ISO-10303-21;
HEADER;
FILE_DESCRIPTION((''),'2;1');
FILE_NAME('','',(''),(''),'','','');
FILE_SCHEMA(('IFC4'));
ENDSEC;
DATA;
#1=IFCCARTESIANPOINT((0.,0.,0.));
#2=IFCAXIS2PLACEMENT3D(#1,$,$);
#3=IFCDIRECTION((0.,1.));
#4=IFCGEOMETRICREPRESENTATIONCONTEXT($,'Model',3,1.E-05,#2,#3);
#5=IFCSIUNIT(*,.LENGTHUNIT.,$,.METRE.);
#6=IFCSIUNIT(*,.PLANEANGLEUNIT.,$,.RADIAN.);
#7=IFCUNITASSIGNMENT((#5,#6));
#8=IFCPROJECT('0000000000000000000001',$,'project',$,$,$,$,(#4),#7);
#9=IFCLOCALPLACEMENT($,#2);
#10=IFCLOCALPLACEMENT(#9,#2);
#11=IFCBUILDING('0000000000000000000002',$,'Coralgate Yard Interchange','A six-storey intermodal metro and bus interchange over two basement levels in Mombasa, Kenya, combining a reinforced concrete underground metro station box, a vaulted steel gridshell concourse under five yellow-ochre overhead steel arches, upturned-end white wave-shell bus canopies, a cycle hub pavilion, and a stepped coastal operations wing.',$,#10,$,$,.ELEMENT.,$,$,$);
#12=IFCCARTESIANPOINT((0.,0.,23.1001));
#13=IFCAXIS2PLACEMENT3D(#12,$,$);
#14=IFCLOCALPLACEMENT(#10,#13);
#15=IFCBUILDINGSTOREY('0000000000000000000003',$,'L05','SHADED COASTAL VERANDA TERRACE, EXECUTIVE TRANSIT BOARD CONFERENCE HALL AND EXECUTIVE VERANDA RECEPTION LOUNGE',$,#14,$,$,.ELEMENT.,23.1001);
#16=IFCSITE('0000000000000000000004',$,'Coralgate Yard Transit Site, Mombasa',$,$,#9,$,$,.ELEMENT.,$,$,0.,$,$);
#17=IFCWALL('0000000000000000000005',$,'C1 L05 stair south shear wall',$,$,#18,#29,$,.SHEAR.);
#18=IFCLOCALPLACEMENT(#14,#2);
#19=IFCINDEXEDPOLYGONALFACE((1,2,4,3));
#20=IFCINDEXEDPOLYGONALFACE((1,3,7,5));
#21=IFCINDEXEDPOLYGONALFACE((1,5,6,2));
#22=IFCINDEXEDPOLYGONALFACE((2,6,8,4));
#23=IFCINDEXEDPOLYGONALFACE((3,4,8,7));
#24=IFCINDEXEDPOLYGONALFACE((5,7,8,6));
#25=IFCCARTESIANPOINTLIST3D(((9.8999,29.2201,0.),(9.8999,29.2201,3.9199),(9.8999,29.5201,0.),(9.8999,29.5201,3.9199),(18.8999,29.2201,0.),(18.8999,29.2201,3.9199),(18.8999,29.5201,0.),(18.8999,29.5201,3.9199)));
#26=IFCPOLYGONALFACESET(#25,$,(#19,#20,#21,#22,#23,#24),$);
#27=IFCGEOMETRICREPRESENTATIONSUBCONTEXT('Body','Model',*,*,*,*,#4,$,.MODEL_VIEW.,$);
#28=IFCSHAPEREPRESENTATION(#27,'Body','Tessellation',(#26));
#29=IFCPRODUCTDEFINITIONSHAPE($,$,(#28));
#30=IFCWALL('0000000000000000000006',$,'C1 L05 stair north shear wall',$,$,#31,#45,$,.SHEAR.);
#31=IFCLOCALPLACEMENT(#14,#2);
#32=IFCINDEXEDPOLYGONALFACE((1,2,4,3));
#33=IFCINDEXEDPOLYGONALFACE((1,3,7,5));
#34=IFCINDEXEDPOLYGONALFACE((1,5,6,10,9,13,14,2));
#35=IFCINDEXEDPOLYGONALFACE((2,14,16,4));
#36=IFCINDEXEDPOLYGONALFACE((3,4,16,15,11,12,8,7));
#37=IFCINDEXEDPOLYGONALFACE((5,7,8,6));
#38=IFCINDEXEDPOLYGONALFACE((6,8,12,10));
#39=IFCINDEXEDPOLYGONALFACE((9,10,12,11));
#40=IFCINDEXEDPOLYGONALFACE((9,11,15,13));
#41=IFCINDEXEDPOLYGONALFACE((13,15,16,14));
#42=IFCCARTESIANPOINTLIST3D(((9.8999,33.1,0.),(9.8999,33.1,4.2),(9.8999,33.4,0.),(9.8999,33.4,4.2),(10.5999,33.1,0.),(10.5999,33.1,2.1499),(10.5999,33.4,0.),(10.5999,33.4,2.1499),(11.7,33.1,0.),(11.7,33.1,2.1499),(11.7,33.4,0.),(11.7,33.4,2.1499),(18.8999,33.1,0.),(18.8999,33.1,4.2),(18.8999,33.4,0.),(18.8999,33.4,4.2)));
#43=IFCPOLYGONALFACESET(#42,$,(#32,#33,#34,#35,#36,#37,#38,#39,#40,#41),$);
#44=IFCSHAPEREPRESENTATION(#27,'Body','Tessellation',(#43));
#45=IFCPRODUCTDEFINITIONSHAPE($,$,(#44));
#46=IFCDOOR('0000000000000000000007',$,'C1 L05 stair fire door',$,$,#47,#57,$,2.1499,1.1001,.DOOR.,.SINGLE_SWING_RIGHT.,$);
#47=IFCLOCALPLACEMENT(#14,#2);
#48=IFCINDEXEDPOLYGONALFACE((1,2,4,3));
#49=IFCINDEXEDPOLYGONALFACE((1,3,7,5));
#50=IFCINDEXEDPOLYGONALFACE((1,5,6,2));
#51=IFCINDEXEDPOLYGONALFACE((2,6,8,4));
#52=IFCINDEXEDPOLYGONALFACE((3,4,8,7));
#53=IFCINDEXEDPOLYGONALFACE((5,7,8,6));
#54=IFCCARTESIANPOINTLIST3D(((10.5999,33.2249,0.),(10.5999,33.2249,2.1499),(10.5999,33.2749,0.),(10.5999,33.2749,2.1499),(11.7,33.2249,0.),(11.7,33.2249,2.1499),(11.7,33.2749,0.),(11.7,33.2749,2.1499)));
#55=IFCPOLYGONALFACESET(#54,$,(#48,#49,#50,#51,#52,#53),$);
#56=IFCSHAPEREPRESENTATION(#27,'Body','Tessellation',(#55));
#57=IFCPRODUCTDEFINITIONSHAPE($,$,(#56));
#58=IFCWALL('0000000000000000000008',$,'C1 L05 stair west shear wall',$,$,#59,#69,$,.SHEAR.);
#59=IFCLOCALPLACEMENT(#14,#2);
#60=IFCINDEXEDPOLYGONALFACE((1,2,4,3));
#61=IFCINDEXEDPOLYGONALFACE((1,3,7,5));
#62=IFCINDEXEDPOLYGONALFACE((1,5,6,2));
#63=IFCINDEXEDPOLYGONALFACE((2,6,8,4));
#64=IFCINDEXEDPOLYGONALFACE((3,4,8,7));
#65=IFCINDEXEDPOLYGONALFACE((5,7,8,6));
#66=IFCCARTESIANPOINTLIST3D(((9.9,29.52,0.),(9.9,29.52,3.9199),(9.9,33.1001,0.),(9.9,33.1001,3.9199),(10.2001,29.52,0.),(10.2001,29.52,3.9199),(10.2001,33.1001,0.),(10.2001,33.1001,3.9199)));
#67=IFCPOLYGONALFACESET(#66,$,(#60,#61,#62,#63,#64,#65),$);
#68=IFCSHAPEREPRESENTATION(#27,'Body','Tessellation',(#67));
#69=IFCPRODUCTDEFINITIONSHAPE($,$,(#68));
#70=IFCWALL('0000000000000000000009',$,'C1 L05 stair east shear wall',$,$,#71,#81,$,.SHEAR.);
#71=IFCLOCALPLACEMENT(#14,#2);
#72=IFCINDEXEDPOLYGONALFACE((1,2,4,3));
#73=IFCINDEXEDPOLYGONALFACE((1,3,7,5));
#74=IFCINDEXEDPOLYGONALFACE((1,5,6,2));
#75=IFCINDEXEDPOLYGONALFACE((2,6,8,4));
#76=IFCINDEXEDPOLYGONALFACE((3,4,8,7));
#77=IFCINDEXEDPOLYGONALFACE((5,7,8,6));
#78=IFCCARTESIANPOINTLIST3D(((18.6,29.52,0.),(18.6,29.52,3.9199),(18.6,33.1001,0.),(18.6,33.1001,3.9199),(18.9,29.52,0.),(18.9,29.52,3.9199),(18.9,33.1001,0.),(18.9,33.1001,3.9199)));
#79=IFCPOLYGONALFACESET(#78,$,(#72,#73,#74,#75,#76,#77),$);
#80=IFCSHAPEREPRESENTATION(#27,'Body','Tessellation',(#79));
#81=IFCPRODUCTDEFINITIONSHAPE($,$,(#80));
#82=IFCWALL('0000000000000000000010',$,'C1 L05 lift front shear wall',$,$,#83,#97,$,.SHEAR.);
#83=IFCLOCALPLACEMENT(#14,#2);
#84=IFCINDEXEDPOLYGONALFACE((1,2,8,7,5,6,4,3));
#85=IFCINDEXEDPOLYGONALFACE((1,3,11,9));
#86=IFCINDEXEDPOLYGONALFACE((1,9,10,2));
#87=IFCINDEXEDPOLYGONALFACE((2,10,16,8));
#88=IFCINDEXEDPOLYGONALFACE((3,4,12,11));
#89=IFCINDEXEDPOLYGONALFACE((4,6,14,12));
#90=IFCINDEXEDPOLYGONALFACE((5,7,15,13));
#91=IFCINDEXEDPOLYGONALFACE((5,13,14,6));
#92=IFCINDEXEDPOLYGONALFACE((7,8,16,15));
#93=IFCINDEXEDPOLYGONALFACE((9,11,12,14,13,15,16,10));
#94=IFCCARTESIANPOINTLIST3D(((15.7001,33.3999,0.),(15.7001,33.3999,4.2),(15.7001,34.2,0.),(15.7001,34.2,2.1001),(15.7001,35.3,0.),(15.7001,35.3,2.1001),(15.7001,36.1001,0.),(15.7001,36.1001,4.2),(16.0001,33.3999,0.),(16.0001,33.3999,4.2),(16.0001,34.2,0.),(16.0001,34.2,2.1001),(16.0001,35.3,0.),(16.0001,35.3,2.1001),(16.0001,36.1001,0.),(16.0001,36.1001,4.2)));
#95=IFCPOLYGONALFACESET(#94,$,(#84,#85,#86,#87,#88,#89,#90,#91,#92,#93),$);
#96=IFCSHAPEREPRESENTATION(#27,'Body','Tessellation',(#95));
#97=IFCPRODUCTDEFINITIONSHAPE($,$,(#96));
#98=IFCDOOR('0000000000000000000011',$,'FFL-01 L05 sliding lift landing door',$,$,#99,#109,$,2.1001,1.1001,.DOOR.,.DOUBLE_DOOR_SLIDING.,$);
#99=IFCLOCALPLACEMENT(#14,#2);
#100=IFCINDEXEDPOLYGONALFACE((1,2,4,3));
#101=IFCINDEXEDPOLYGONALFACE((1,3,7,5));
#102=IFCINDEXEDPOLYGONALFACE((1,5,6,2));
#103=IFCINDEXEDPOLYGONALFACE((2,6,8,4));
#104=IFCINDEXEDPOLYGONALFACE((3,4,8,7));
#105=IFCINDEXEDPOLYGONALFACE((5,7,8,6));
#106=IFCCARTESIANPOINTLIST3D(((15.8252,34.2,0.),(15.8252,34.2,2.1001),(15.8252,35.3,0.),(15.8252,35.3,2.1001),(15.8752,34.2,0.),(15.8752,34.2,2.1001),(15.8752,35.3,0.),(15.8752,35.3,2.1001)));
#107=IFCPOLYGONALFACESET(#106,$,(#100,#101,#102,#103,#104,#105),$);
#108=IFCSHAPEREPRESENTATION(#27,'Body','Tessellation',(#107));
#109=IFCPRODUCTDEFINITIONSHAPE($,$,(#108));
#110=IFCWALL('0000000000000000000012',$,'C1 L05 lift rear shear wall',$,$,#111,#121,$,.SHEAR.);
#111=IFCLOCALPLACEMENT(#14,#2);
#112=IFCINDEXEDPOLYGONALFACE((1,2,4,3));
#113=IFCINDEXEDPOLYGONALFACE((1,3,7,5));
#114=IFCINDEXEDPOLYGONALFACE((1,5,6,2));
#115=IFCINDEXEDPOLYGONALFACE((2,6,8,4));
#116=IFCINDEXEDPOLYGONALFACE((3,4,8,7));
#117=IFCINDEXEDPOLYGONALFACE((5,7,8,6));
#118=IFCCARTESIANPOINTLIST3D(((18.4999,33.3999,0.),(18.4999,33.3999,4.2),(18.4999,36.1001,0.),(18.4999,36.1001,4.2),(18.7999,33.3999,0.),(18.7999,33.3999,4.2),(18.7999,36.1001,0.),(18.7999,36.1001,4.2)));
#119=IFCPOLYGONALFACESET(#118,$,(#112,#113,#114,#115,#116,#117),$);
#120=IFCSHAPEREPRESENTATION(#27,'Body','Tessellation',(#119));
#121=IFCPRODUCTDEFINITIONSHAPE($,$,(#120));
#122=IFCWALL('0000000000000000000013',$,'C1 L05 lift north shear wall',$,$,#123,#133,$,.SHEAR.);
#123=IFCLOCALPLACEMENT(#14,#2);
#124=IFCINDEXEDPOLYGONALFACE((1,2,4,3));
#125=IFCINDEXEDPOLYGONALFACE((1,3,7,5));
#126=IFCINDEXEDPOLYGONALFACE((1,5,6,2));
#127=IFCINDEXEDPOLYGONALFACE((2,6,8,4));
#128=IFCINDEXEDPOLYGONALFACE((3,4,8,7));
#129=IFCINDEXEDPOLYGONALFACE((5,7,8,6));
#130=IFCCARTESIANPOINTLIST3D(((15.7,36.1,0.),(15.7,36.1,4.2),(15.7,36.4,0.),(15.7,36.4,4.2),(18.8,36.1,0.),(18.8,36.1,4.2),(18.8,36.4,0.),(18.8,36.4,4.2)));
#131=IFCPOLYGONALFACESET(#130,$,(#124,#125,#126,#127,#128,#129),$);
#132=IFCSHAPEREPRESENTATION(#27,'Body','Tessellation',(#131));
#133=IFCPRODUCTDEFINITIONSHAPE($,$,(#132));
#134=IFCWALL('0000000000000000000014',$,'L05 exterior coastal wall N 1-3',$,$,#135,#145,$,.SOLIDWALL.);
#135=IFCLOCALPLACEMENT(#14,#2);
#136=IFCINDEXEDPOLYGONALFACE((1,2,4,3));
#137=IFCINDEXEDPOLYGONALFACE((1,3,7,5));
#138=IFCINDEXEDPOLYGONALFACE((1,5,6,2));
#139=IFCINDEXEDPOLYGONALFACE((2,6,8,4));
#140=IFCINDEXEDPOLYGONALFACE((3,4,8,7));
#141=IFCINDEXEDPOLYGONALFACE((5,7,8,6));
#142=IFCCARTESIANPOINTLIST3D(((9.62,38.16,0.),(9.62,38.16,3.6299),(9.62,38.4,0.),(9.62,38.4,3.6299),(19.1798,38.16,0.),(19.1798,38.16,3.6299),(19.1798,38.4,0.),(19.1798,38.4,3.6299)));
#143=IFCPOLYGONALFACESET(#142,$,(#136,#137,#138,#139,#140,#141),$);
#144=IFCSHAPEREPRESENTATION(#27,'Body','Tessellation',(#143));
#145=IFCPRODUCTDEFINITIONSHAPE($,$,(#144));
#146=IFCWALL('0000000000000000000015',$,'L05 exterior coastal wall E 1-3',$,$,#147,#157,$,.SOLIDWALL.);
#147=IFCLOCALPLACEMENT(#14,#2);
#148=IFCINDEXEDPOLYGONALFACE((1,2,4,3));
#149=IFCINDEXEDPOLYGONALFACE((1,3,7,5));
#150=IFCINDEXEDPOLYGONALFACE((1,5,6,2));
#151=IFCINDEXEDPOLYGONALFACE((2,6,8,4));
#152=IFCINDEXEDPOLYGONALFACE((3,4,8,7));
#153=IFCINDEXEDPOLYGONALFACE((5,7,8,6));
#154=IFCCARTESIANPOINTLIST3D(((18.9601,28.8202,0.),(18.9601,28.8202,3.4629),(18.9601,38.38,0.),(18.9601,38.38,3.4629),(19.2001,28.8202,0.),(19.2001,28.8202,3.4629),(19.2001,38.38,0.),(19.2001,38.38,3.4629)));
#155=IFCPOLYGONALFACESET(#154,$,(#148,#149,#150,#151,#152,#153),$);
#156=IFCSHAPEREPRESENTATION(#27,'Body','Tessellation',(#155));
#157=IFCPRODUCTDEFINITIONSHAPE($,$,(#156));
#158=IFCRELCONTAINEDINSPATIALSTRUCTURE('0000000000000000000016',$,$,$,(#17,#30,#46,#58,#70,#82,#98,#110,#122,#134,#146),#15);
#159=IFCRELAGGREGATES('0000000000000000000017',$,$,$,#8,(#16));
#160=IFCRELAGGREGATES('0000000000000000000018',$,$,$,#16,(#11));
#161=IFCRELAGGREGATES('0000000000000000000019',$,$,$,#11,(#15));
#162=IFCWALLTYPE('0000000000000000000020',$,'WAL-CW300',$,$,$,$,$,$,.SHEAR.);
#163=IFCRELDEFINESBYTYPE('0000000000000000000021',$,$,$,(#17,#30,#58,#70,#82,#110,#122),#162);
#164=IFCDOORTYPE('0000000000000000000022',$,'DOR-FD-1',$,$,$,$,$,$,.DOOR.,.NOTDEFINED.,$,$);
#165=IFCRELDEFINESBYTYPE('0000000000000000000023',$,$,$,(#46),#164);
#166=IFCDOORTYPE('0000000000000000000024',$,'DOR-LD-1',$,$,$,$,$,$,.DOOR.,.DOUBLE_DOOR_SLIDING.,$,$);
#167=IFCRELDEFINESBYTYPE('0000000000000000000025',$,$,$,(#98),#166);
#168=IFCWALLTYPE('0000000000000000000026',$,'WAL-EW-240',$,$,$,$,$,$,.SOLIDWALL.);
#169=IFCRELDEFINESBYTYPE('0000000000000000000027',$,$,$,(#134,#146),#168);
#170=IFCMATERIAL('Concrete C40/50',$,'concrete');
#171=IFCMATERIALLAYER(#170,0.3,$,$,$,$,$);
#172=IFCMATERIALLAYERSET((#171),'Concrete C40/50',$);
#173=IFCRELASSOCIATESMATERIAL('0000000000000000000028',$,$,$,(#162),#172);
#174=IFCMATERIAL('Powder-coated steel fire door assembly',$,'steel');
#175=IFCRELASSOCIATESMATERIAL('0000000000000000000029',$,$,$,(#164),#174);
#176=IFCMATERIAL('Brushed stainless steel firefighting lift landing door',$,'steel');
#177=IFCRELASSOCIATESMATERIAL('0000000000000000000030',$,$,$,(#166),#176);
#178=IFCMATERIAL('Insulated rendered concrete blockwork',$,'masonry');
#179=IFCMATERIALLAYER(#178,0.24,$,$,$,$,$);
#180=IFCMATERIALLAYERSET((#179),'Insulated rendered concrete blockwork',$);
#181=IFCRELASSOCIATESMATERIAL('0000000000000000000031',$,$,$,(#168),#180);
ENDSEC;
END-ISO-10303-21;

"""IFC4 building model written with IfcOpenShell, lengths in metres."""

from ifc_helpers import new_model, si_unit, direction, frame, frame_2d, origin, place, context, subcontext, project, spatial, rectangle, extrude, material, layer, layer_set, type_object, element, fill, save


model = new_model("IFC4")

# Units and contexts
model_context = context("Model", 3, precision=1e-05, world=origin(), true_north=direction((0.0, 1.0)))
body_context = subcontext(model_context, "Body", "Model", "MODEL_VIEW")
ifc_project = project(units=[si_unit("LENGTHUNIT", "METRE"), si_unit("PLANEANGLEUNIT", "RADIAN")], contexts=[model_context])

# Site, building, storey
site_placement = place(None, origin())
site = spatial("IfcSite", under=ifc_project, at=site_placement, Name="Coralgate Yard Transit Site, Mombasa", CompositionType="ELEMENT", RefElevation=0.0)
building_placement = place(site_placement, origin())
building = spatial("IfcBuilding", under=site, at=building_placement, Name="Coralgate Yard Interchange", Description="A six-storey intermodal metro and bus interchange over two basement levels in Mombasa, Kenya, combining a reinforced concrete underground metro station box, a vaulted steel gridshell concourse under five yellow-ochre overhead steel arches, upturned-end white wave-shell bus canopies, a cycle hub pavilion, and a stepped coastal operations wing.", CompositionType="ELEMENT")
storey_placement = place(building_placement, frame((0.0, 0.0, 23.1001)))
storey = spatial("IfcBuildingStorey", under=building, at=storey_placement, Name="L05", Description="SHADED COASTAL VERANDA TERRACE, EXECUTIVE TRANSIT BOARD CONFERENCE HALL AND EXECUTIVE VERANDA RECEPTION LOUNGE", CompositionType="ELEMENT", Elevation=23.1001)

# Wall
ifc_material_1 = material(Name="Concrete C40/50", Category="concrete")
ifc_layer_1 = layer(ifc_material_1, 0.3)
ifc_layer_set_1 = layer_set([ifc_layer_1], Name="Concrete C40/50")
wall_type_1 = type_object("IfcWallType", Name="WAL-CW300", PredefinedType="SHEAR", material=ifc_layer_set_1)
wall_1_placement = place(storey_placement, frame((9.8999, 29.3701, 0.0), z_axis=(0.0, 0.0, 1.0), x_axis=(1.0, 0.0, 0.0)))
element("IfcWall", 1, at=wall_1_placement, inside=storey, type_object=wall_type_1, Name="C1 L05 stair south shear wall", PredefinedType="SHEAR", context=body_context, shape_type="SweptSolid", body=[
    extrude(rectangle(XDim=9.0, YDim=0.3, at=frame_2d((4.5, 0.0))), origin(), (0.0, 0.0, 1.0), 3.9199),
])

# Wall, opening, door
wall_2_placement = place(storey_placement, frame((18.8999, 33.25, 0.0), z_axis=(0.0, 0.0, 1.0), x_axis=(-1.0, 0.0, 0.0)))
wall_2 = element("IfcWall", 2, at=wall_2_placement, inside=storey, type_object=wall_type_1, Name="C1 L05 stair north shear wall", PredefinedType="SHEAR", context=body_context, shape_type="SweptSolid", body=[
    extrude(rectangle(XDim=9.0, YDim=0.3, at=frame_2d((4.5, 0.0))), origin(), (0.0, 0.0, 1.0), 4.2),
])
opening_1_placement = place(wall_2_placement, frame((7.2, 0.0, 0.0)))
opening_1 = element("IfcOpeningElement", 3, at=opening_1_placement, cuts=wall_2, PredefinedType="OPENING", context=body_context, shape_type="SweptSolid", body=[
    extrude(rectangle(XDim=1.1001, YDim=2.1499, at=frame_2d((0.55, 1.075))), frame((0.0, 0.1599, 0.0), z_axis=(0.0, -1.0, 0.0), x_axis=(1.0, 0.0, 0.0)), (0.0, 0.0, 1.0), 0.3201),
])
ifc_material_2 = material(Name="Powder-coated steel fire door assembly", Category="steel")
door_type_1 = type_object("IfcDoorType", Name="DOR-FD-1", OperationType="NOTDEFINED", PredefinedType="DOOR", material=ifc_material_2)
door_1_placement = place(opening_1_placement, frame((1.1001, 0.0, 0.0), z_axis=(0.0, 0.0, 1.0), x_axis=(-1.0, 0.0, 0.0)))
door_1 = element("IfcDoor", 4, at=door_1_placement, inside=storey, type_object=door_type_1, Name="C1 L05 stair fire door", OperationType="SINGLE_SWING_RIGHT", OverallHeight=2.1499, OverallWidth=1.1001, PredefinedType="DOOR", context=body_context, shape_type="SweptSolid", body=[
    extrude(rectangle(XDim=1.1001, YDim=2.1499, at=frame_2d((0.55, 1.075))), frame((0.0, 0.0249, 0.0), z_axis=(0.0, -1.0, 0.0), x_axis=(1.0, 0.0, 0.0)), (0.0, 0.0, 1.0), 0.05),
])
fill(opening_1, door_1)

# Walls
for number, where, z_axis, x_axis, name in (
    (5, (10.05, 29.52, 0.0), (0.0, 0.0, 1.0), (0.0, 1.0, 0.0), "C1 L05 stair west shear wall"),
    (6, (18.75, 33.1001, 0.0), (0.0, 0.0, 1.0), (0.0, -1.0, 0.0), "C1 L05 stair east shear wall"),
):
    element("IfcWall", number, at=place(storey_placement, frame(where, z_axis=z_axis, x_axis=x_axis)), inside=storey, type_object=wall_type_1, Name=name, PredefinedType="SHEAR", context=body_context, shape_type="SweptSolid", body=[
        extrude(rectangle(XDim=3.5801, YDim=0.3, at=frame_2d((1.79, 0.0))), origin(), (0.0, 0.0, 1.0), 3.9199),
    ])

# Wall, opening, door
wall_3_placement = place(storey_placement, frame((15.8501, 36.1001, 0.0), z_axis=(0.0, 0.0, 1.0), x_axis=(0.0, -1.0, 0.0)))
wall_3 = element("IfcWall", 7, at=wall_3_placement, inside=storey, type_object=wall_type_1, Name="C1 L05 lift front shear wall", PredefinedType="SHEAR", context=body_context, shape_type="SweptSolid", body=[
    extrude(rectangle(XDim=2.7002, YDim=0.3, at=frame_2d((1.3501, 0.0))), origin(), (0.0, 0.0, 1.0), 4.2),
])
opening_2_placement = place(wall_3_placement, frame((0.8, 0.0, 0.0)))
opening_2 = element("IfcOpeningElement", 8, at=opening_2_placement, cuts=wall_3, PredefinedType="OPENING", context=body_context, shape_type="SweptSolid", body=[
    extrude(rectangle(XDim=1.1001, YDim=2.1001, at=frame_2d((0.55, 1.05))), frame((0.0, 0.1599, 0.0), z_axis=(0.0, -1.0, 0.0), x_axis=(1.0, 0.0, 0.0)), (0.0, 0.0, 1.0), 0.3201),
])
ifc_material_3 = material(Name="Brushed stainless steel firefighting lift landing door", Category="steel")
door_type_2 = type_object("IfcDoorType", Name="DOR-LD-1", OperationType="DOUBLE_DOOR_SLIDING", PredefinedType="DOOR", material=ifc_material_3)
door_2_placement = place(opening_2_placement, frame((1.1001, 0.0, 0.0), z_axis=(0.0, 0.0, 1.0), x_axis=(-1.0, 0.0, 0.0)))
door_2 = element("IfcDoor", 9, at=door_2_placement, inside=storey, type_object=door_type_2, Name="FFL-01 L05 sliding lift landing door", OperationType="DOUBLE_DOOR_SLIDING", OverallHeight=2.1001, OverallWidth=1.1001, PredefinedType="DOOR", context=body_context, shape_type="SweptSolid", body=[
    extrude(rectangle(XDim=1.1001, YDim=2.1001, at=frame_2d((0.55, 1.05))), frame((0.0, 0.0249, 0.0), z_axis=(0.0, -1.0, 0.0), x_axis=(1.0, 0.0, 0.0)), (0.0, 0.0, 1.0), 0.05),
])
fill(opening_2, door_2)

# Walls
wall_4_placement = place(storey_placement, frame((18.6499, 33.3999, 0.0), z_axis=(0.0, 0.0, 1.0), x_axis=(0.0, 1.0, 0.0)))
element("IfcWall", 10, at=wall_4_placement, inside=storey, type_object=wall_type_1, Name="C1 L05 lift rear shear wall", PredefinedType="SHEAR", context=body_context, shape_type="SweptSolid", body=[
    extrude(rectangle(XDim=2.7002, YDim=0.3, at=frame_2d((1.3501, 0.0))), origin(), (0.0, 0.0, 1.0), 4.2),
])
wall_5_placement = place(storey_placement, frame((15.7, 36.25, 0.0), z_axis=(0.0, 0.0, 1.0), x_axis=(1.0, 0.0, 0.0)))
element("IfcWall", 11, at=wall_5_placement, inside=storey, type_object=wall_type_1, Name="C1 L05 lift north shear wall", PredefinedType="SHEAR", context=body_context, shape_type="SweptSolid", body=[
    extrude(rectangle(XDim=3.1001, YDim=0.3, at=frame_2d((1.55, 0.0))), origin(), (0.0, 0.0, 1.0), 4.2),
])
ifc_material_4 = material(Name="Insulated rendered concrete blockwork", Category="masonry")
ifc_layer_2 = layer(ifc_material_4, 0.24)
ifc_layer_set_2 = layer_set([ifc_layer_2], Name="Insulated rendered concrete blockwork")
wall_type_2 = type_object("IfcWallType", Name="WAL-EW-240", PredefinedType="SOLIDWALL", material=ifc_layer_set_2)
wall_6_placement = place(storey_placement, frame((9.6201, 38.28, 0.0), z_axis=(0.0, 0.0, 1.0), x_axis=(1.0, 0.0, 0.0)))
element("IfcWall", 12, at=wall_6_placement, inside=storey, type_object=wall_type_2, Name="L05 exterior coastal wall N 1-3", PredefinedType="SOLIDWALL", context=body_context, shape_type="SweptSolid", body=[
    extrude(rectangle(XDim=9.5598, YDim=0.24, at=frame_2d((4.7798, 0.0))), origin(), (0.0, 0.0, 1.0), 3.6299),
])
wall_7_placement = place(storey_placement, frame((19.0801, 38.3799, 0.0), z_axis=(0.0, 0.0, 1.0), x_axis=(0.0, -1.0, 0.0)))
element("IfcWall", 13, at=wall_7_placement, inside=storey, type_object=wall_type_2, Name="L05 exterior coastal wall E 1-3", PredefinedType="SOLIDWALL", context=body_context, shape_type="SweptSolid", body=[
    extrude(rectangle(XDim=9.5598, YDim=0.24, at=frame_2d((4.7798, 0.0))), origin(), (0.0, 0.0, 1.0), 3.4629),
])

save(model, "model.ifc")
